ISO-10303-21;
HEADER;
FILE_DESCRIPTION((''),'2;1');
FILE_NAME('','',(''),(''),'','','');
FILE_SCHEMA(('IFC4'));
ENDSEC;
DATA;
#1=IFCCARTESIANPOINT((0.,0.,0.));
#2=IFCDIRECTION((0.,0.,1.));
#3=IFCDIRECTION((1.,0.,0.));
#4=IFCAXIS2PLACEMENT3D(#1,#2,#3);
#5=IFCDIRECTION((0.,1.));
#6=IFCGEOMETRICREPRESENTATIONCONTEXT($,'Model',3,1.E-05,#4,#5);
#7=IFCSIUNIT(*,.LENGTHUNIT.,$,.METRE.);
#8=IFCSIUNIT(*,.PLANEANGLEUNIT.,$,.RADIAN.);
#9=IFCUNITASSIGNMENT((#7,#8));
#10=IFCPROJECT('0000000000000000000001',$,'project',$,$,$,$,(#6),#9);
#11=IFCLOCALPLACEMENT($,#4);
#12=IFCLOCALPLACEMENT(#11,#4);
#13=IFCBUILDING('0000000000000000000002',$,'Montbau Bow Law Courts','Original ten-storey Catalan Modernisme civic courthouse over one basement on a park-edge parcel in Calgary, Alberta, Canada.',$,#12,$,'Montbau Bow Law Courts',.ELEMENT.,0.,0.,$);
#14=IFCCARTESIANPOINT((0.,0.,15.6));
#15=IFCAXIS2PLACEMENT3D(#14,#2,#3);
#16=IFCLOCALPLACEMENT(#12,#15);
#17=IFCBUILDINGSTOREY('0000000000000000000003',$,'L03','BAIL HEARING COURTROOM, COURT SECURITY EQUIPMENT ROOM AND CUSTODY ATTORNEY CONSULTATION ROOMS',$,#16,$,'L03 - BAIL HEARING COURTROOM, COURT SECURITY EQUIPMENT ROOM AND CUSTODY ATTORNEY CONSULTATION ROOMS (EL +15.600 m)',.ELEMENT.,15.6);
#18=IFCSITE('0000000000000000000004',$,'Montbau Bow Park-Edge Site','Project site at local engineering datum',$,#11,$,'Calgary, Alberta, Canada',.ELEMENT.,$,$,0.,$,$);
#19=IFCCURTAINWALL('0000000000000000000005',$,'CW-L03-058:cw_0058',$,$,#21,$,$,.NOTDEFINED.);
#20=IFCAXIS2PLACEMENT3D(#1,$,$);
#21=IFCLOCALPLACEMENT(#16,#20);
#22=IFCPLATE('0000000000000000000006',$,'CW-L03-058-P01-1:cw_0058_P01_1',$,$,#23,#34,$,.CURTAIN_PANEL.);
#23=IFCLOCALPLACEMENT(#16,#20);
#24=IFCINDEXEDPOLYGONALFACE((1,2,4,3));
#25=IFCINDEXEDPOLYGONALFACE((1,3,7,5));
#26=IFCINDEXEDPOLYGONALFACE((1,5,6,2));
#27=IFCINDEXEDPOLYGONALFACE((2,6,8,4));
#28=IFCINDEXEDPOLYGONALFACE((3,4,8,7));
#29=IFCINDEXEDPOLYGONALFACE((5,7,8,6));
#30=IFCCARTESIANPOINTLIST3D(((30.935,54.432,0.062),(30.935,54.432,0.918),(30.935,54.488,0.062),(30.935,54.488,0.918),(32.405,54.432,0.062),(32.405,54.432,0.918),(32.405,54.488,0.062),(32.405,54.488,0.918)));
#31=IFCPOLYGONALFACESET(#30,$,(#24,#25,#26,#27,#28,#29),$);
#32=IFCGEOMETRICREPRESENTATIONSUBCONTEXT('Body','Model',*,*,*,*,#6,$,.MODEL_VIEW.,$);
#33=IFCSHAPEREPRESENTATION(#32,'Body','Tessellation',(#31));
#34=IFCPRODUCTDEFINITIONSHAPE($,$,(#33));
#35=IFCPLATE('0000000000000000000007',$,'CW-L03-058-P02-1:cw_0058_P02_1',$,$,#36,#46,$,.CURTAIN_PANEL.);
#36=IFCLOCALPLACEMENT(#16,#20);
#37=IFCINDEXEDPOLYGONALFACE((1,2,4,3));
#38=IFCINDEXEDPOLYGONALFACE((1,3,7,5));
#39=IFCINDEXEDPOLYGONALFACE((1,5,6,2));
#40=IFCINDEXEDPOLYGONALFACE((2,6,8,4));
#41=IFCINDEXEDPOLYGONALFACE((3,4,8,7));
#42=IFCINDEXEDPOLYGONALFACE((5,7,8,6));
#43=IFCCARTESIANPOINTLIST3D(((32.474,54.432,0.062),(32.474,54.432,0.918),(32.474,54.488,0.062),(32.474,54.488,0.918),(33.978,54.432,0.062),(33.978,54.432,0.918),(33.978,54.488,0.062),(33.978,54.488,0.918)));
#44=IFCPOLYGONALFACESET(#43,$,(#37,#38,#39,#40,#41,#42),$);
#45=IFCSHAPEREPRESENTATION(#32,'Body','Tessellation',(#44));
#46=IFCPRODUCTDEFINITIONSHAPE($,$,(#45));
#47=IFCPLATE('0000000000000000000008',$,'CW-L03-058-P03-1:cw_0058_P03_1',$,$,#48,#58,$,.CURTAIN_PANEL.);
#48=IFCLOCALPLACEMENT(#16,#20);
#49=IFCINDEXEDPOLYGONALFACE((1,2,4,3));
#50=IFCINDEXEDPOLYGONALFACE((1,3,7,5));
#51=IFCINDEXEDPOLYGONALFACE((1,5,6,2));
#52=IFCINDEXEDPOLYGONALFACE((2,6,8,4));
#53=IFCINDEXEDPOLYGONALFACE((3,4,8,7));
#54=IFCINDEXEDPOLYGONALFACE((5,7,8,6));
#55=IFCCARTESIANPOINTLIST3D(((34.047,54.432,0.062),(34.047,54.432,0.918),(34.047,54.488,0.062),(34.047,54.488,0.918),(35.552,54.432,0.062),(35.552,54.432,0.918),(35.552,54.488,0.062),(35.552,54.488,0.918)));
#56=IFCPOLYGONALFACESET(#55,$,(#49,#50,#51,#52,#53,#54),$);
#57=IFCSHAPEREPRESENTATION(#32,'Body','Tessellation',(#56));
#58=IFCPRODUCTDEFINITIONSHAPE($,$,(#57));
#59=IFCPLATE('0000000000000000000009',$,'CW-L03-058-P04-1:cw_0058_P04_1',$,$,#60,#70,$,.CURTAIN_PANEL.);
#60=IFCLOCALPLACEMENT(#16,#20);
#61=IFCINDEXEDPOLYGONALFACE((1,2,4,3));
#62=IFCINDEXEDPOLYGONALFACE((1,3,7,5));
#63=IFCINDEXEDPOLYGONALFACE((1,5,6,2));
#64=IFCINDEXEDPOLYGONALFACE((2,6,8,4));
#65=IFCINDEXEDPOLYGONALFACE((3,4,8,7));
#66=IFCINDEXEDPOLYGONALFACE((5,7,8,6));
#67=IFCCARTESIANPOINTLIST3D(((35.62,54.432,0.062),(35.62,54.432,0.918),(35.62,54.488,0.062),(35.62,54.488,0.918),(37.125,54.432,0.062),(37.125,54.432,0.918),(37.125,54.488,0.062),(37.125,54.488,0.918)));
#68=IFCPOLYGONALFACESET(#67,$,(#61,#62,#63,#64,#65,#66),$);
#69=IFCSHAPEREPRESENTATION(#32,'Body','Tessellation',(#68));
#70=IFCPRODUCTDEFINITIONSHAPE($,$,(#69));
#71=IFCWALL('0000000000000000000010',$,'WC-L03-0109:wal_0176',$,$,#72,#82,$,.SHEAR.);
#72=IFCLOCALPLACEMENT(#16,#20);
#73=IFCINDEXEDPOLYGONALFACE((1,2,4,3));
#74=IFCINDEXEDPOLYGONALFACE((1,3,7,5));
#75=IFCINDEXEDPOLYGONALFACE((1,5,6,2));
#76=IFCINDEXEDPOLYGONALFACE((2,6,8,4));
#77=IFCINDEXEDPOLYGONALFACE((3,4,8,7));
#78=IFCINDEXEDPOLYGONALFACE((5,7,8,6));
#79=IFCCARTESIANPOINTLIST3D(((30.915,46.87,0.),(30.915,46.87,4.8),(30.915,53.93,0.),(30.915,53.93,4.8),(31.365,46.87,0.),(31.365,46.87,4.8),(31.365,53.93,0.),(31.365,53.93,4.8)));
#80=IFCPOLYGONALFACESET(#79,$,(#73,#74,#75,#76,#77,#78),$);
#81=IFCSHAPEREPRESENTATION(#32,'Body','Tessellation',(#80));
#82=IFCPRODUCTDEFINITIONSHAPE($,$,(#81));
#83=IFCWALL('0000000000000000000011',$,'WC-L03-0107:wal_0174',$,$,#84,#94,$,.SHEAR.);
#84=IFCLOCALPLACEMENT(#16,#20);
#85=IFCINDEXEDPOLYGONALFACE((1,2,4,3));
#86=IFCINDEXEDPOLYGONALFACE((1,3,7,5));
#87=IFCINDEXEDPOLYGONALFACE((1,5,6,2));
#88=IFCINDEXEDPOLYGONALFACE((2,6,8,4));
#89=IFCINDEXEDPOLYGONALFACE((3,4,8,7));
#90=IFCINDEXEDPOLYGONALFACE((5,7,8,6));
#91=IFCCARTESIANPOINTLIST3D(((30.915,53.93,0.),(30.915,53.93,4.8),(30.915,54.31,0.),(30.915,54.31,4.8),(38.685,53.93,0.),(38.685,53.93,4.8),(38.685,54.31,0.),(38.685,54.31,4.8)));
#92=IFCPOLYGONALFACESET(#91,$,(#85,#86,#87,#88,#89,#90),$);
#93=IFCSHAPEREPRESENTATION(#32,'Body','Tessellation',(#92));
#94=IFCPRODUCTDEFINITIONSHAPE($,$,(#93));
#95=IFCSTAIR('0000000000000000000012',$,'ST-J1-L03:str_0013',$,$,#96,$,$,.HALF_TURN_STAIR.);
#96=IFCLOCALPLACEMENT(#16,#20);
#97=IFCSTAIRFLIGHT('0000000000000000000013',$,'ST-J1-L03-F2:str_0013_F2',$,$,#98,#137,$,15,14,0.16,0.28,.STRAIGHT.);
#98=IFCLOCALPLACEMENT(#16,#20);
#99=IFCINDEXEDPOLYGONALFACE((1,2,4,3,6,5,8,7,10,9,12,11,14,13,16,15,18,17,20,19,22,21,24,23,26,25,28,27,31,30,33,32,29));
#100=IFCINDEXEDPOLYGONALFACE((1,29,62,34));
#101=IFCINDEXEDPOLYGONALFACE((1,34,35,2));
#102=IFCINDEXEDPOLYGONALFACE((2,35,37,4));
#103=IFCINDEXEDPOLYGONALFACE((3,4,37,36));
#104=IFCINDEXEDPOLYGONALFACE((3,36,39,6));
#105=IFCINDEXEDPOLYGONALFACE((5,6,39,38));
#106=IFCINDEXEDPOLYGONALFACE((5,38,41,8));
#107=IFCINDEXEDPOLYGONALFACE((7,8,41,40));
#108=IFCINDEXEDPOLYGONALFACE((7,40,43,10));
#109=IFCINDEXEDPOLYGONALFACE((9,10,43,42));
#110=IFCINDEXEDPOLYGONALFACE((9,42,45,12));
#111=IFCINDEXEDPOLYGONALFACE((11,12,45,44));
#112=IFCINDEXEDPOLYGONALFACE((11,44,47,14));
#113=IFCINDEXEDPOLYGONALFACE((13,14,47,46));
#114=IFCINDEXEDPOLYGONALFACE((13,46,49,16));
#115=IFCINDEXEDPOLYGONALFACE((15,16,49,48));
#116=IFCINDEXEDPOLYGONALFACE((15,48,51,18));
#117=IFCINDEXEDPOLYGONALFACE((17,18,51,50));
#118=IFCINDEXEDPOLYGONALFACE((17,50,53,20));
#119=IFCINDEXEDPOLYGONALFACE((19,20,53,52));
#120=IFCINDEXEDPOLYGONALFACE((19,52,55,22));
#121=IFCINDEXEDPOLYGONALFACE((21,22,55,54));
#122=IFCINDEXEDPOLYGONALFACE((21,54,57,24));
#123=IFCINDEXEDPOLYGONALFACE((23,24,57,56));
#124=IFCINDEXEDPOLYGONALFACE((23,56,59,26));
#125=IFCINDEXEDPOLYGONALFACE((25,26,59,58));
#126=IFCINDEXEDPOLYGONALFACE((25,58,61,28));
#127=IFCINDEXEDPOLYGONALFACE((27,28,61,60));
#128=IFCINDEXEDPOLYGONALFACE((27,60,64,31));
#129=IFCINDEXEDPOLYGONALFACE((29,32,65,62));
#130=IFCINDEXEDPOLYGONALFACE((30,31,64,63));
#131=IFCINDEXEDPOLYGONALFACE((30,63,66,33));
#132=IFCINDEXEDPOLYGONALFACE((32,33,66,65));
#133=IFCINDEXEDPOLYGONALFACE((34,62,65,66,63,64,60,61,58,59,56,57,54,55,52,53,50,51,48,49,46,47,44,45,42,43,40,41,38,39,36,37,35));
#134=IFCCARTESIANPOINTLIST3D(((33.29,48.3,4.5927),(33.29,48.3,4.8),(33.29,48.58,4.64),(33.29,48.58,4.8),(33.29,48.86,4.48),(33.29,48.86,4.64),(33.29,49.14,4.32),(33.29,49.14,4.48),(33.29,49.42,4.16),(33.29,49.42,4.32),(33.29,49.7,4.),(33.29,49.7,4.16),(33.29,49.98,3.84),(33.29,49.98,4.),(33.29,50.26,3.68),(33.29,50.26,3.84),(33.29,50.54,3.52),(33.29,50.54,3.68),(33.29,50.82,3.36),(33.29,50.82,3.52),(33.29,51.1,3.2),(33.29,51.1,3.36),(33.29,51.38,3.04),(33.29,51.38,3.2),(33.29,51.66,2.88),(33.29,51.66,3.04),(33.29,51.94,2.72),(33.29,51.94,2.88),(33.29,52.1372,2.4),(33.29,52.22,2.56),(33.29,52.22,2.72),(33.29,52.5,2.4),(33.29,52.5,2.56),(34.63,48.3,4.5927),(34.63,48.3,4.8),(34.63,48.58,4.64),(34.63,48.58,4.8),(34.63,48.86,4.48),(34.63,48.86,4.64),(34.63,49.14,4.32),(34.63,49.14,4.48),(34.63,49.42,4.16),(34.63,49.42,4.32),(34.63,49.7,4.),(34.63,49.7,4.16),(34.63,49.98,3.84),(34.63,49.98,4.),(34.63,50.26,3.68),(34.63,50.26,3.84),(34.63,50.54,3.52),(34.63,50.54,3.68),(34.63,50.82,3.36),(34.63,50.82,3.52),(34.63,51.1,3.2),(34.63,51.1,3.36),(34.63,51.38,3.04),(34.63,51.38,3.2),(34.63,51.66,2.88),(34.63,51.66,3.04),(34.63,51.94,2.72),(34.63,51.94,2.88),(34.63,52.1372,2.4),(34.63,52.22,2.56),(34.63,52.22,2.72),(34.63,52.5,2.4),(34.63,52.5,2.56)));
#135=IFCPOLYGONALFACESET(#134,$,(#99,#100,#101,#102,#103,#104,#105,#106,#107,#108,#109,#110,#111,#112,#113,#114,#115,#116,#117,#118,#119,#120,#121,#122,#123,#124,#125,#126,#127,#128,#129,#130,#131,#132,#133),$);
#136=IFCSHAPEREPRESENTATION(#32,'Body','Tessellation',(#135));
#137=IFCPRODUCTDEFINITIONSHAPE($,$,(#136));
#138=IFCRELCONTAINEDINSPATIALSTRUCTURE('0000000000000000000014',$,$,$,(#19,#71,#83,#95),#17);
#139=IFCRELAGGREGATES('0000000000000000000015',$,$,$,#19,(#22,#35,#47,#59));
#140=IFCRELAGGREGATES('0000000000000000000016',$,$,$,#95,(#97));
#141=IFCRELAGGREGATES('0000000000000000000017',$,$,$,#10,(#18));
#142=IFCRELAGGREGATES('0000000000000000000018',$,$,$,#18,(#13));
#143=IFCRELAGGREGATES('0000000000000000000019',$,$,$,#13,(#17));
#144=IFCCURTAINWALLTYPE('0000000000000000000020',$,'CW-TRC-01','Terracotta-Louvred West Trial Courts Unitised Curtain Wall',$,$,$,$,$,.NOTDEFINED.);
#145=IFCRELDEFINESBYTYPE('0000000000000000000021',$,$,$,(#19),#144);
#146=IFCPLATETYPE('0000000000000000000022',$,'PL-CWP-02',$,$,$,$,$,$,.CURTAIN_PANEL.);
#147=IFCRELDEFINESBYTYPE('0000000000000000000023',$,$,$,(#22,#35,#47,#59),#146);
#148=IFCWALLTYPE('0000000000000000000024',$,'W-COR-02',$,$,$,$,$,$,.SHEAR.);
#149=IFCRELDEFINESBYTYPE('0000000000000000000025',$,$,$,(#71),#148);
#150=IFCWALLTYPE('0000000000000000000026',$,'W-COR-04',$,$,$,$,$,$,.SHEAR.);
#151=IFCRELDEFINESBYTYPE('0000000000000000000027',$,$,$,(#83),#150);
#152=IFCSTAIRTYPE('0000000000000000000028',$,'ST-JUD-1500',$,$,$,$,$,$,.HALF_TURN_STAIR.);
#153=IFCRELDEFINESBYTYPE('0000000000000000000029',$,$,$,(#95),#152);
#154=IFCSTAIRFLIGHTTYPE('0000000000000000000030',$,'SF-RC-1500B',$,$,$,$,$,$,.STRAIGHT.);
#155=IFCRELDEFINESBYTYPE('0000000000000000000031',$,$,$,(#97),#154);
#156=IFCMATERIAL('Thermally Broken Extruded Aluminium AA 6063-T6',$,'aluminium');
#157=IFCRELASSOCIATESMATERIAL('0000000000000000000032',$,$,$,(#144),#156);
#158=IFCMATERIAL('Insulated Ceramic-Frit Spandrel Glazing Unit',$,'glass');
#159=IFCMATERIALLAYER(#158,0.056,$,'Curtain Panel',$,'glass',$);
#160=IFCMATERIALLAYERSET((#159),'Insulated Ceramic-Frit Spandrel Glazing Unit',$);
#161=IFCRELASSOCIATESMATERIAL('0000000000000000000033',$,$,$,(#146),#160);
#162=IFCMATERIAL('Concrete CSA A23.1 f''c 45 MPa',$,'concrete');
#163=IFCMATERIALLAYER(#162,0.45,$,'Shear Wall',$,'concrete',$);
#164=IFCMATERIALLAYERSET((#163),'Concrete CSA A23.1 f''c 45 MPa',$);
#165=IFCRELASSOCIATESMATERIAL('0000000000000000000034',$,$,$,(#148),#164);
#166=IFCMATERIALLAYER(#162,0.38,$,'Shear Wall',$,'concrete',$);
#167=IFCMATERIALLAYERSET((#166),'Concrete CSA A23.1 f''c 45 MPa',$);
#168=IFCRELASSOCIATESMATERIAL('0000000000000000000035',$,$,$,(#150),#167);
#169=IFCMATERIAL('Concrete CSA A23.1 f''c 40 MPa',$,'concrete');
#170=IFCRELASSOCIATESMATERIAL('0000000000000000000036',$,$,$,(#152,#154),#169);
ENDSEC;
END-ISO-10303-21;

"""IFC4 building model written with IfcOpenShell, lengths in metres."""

from ifc_helpers import new_model, si_unit, direction, frame, frame_2d, origin_with_axes, place, context, subcontext, project, spatial, polyline, rectangle, outline, extrude, material, layer, layer_set, type_object, element, aggregate, save


model = new_model("IFC4")

# Units and contexts
model_context = context("Model", 3, precision=1e-05, world=origin_with_axes(), true_north=direction((0.0, 1.0)))
body_context = subcontext(model_context, "Body", "Model", "MODEL_VIEW")
ifc_project = project(units=[si_unit("LENGTHUNIT", "METRE"), si_unit("PLANEANGLEUNIT", "RADIAN")], contexts=[model_context])

# Site, building, storey
site_placement = place(None, origin_with_axes())
site = spatial("IfcSite", under=ifc_project, at=site_placement, Name="Montbau Bow Park-Edge Site", Description="Project site at local engineering datum", LongName="Calgary, Alberta, Canada", CompositionType="ELEMENT", RefElevation=0.0)
building_placement = place(site_placement, origin_with_axes())
building = spatial("IfcBuilding", under=site, at=building_placement, Name="Montbau Bow Law Courts", Description="Original ten-storey Catalan Modernisme civic courthouse over one basement on a park-edge parcel in Calgary, Alberta, Canada.", LongName="Montbau Bow Law Courts", CompositionType="ELEMENT", ElevationOfRefHeight=0.0, ElevationOfTerrain=0.0)
storey_placement = place(building_placement, frame((0.0, 0.0, 15.6), z_axis=(0.0, 0.0, 1.0), x_axis=(1.0, 0.0, 0.0)))
storey = spatial("IfcBuildingStorey", under=building, at=storey_placement, Name="L03", Description="BAIL HEARING COURTROOM, COURT SECURITY EQUIPMENT ROOM AND CUSTODY ATTORNEY CONSULTATION ROOMS", LongName="L03 - BAIL HEARING COURTROOM, COURT SECURITY EQUIPMENT ROOM AND CUSTODY ATTORNEY CONSULTATION ROOMS (EL +15.600 m)", CompositionType="ELEMENT", Elevation=15.6)

# Curtain wall, plates
ifc_material_1 = material(Name="Thermally Broken Extruded Aluminium AA 6063-T6", Category="aluminium")
curtain_wall_type = type_object("IfcCurtainWallType", Name="CW-TRC-01", Description="Terracotta-Louvred West Trial Courts Unitised Curtain Wall", PredefinedType="NOTDEFINED", material=ifc_material_1)
curtain_wall_placement = place(None, frame((30.867, 54.46, 15.6), z_axis=(0.0, 0.0, 1.0), x_axis=(1.0, 0.0, 0.0)))
curtain_wall = element("IfcCurtainWall", 1, at=curtain_wall_placement, inside=storey, type_object=curtain_wall_type, Name="CW-L03-058:cw_0058", PredefinedType="NOTDEFINED")
ifc_material_2 = material(Name="Insulated Ceramic-Frit Spandrel Glazing Unit", Category="glass")
ifc_layer_1 = layer(ifc_material_2, 0.056, Name="Curtain Panel", Category="glass")
ifc_layer_set_1 = layer_set([ifc_layer_1], Name="Insulated Ceramic-Frit Spandrel Glazing Unit")
plate_type_1 = type_object("IfcPlateType", Name="PL-CWP-02", PredefinedType="CURTAIN_PANEL", material=ifc_layer_set_1)
plate_1_placement = place(None, frame((30.935, 54.46, 15.662), z_axis=(0.0, -1.0, 0.0), x_axis=(1.0, 0.0, 0.0)))
plate_1 = element("IfcPlate", 2, at=plate_1_placement, type_object=plate_type_1, Name="CW-L03-058-P01-1:cw_0058_P01_1", PredefinedType="CURTAIN_PANEL", context=body_context, shape_type="SweptSolid", body=[
    extrude(rectangle(XDim=1.47, YDim=0.856, at=frame_2d((0.735, 0.428), x_axis=(1.0, 0.0))), frame((0.0, 0.0, -0.028), z_axis=(0.0, 0.0, 1.0), x_axis=(1.0, 0.0, 0.0)), (0.0, 0.0, 1.0), 0.056),
])
plate_2_placement = place(None, frame((32.474, 54.46, 15.662), z_axis=(0.0, -1.0, 0.0), x_axis=(1.0, 0.0, 0.0)))
plate_2 = element("IfcPlate", 3, at=plate_2_placement, type_object=plate_type_1, Name="CW-L03-058-P02-1:cw_0058_P02_1", PredefinedType="CURTAIN_PANEL", context=body_context, shape_type="SweptSolid", body=[
    extrude(rectangle(XDim=1.504, YDim=0.856, at=frame_2d((0.752, 0.428), x_axis=(1.0, 0.0))), frame((0.0, 0.0, -0.028), z_axis=(0.0, 0.0, 1.0), x_axis=(1.0, 0.0, 0.0)), (0.0, 0.0, 1.0), 0.056),
])
plate_3_placement = place(None, frame((34.047, 54.46, 15.662), z_axis=(0.0, -1.0, 0.0), x_axis=(1.0, 0.0, 0.0)))
plate_3 = element("IfcPlate", 4, at=plate_3_placement, type_object=plate_type_1, Name="CW-L03-058-P03-1:cw_0058_P03_1", PredefinedType="CURTAIN_PANEL", context=body_context, shape_type="SweptSolid", body=[
    extrude(rectangle(XDim=1.505, YDim=0.856, at=frame_2d((0.7525, 0.428), x_axis=(1.0, 0.0))), frame((0.0, 0.0, -0.028), z_axis=(0.0, 0.0, 1.0), x_axis=(1.0, 0.0, 0.0)), (0.0, 0.0, 1.0), 0.056),
])
plate_4_placement = place(None, frame((35.62, 54.46, 15.662), z_axis=(0.0, -1.0, 0.0), x_axis=(1.0, 0.0, 0.0)))
plate_4 = element("IfcPlate", 5, at=plate_4_placement, type_object=plate_type_1, Name="CW-L03-058-P04-1:cw_0058_P04_1", PredefinedType="CURTAIN_PANEL", context=body_context, shape_type="SweptSolid", body=[
    extrude(rectangle(XDim=1.505, YDim=0.856, at=frame_2d((0.7525, 0.428), x_axis=(1.0, 0.0))), frame((0.0, 0.0, -0.028), z_axis=(0.0, 0.0, 1.0), x_axis=(1.0, 0.0, 0.0)), (0.0, 0.0, 1.0), 0.056),
])
aggregate(curtain_wall, [plate_1, plate_2, plate_3, plate_4])

# Walls
ifc_material_3 = material(Name="Concrete CSA A23.1 f'c 45 MPa", Category="concrete")
ifc_layer_2 = layer(ifc_material_3, 0.45, Name="Shear Wall", Category="concrete")
ifc_layer_set_2 = layer_set([ifc_layer_2], Name="Concrete CSA A23.1 f'c 45 MPa")
wall_type_1 = type_object("IfcWallType", Name="W-COR-02", PredefinedType="SHEAR", material=ifc_layer_set_2)
wall_1_placement = place(None, frame((31.14, 53.93, 15.6), z_axis=(0.0, 0.0, 1.0), x_axis=(0.0, -1.0, 0.0)))
element("IfcWall", 6, at=wall_1_placement, inside=storey, type_object=wall_type_1, Name="WC-L03-0109:wal_0176", PredefinedType="SHEAR", context=body_context, shape_type="SweptSolid", body=[
    extrude(rectangle(XDim=7.06, YDim=0.45, at=frame_2d((3.53, 0.0), x_axis=(1.0, 0.0))), origin_with_axes(), (0.0, 0.0, 1.0), 4.8),
])
ifc_layer_3 = layer(ifc_material_3, 0.38, Name="Shear Wall", Category="concrete")
ifc_layer_set_3 = layer_set([ifc_layer_3], Name="Concrete CSA A23.1 f'c 45 MPa")
wall_type_2 = type_object("IfcWallType", Name="W-COR-04", PredefinedType="SHEAR", material=ifc_layer_set_3)
wall_2_placement = place(None, frame((38.685, 54.12, 15.6), z_axis=(0.0, 0.0, 1.0), x_axis=(-1.0, 0.0, 0.0)))
element("IfcWall", 7, at=wall_2_placement, inside=storey, type_object=wall_type_2, Name="WC-L03-0107:wal_0174", PredefinedType="SHEAR", context=body_context, shape_type="SweptSolid", body=[
    extrude(rectangle(XDim=7.77, YDim=0.38, at=frame_2d((3.885, 0.0), x_axis=(1.0, 0.0))), origin_with_axes(), (0.0, 0.0, 1.0), 4.8),
])

# Stair, stair flight
ifc_material_4 = material(Name="Concrete CSA A23.1 f'c 40 MPa", Category="concrete")
stair_type = type_object("IfcStairType", Name="ST-JUD-1500", PredefinedType="HALF_TURN_STAIR", material=ifc_material_4)
stair_placement = place(None, frame((32.065, 48.3, 15.6), z_axis=(0.0, 0.0, 1.0), x_axis=(1.0, 0.0, 0.0)))
stair = element("IfcStair", 8, at=stair_placement, inside=storey, type_object=stair_type, Name="ST-J1-L03:str_0013", PredefinedType="HALF_TURN_STAIR")
stair_flight_type = type_object("IfcStairFlightType", Name="SF-RC-1500B", PredefinedType="STRAIGHT", material=ifc_material_4)
stair_flight_placement = place(None, frame((33.96, 52.5, 18.0), z_axis=(0.0, 0.0, 1.0), x_axis=(0.0, -1.0, 0.0)))
stair_flight = element("IfcStairFlight", 9, at=stair_flight_placement, type_object=stair_flight_type, Name="ST-J1-L03-F2:str_0013_F2", NumberOfRisers=15, NumberOfTreads=14, PredefinedType="STRAIGHT", RiserHeight=0.16, TreadLength=0.28, context=body_context, shape_type="SweptSolid", body=[
    extrude(outline(polyline([(0.0, 0.0), (0.0, 0.16), (0.28, 0.16), (0.28, 0.32), (0.56, 0.32), (0.56, 0.48), (0.84, 0.48), (0.84, 0.64), (1.12, 0.64), (1.12, 0.8), (1.4, 0.8), (1.4, 0.96), (1.68, 0.96), (1.68, 1.12), (1.96, 1.12), (1.96, 1.28), (2.24, 1.28), (2.24, 1.44), (2.52, 1.44), (2.52, 1.6), (2.8, 1.6), (2.8, 1.76), (3.08, 1.76), (3.08, 1.92), (3.36, 1.92), (3.36, 2.08), (3.64, 2.08), (3.64, 2.24), (3.92, 2.24), (3.92, 2.4), (4.2, 2.4), (4.2, 2.1927), (0.3628, 0.0), (0.0, 0.0)])), frame((0.0, 0.67, 0.0), z_axis=(0.0, -1.0, 0.0), x_axis=(1.0, 0.0, 0.0)), (0.0, 0.0, 1.0), 1.34),
])
aggregate(stair, [stair_flight])

save(model, "model.ifc")
